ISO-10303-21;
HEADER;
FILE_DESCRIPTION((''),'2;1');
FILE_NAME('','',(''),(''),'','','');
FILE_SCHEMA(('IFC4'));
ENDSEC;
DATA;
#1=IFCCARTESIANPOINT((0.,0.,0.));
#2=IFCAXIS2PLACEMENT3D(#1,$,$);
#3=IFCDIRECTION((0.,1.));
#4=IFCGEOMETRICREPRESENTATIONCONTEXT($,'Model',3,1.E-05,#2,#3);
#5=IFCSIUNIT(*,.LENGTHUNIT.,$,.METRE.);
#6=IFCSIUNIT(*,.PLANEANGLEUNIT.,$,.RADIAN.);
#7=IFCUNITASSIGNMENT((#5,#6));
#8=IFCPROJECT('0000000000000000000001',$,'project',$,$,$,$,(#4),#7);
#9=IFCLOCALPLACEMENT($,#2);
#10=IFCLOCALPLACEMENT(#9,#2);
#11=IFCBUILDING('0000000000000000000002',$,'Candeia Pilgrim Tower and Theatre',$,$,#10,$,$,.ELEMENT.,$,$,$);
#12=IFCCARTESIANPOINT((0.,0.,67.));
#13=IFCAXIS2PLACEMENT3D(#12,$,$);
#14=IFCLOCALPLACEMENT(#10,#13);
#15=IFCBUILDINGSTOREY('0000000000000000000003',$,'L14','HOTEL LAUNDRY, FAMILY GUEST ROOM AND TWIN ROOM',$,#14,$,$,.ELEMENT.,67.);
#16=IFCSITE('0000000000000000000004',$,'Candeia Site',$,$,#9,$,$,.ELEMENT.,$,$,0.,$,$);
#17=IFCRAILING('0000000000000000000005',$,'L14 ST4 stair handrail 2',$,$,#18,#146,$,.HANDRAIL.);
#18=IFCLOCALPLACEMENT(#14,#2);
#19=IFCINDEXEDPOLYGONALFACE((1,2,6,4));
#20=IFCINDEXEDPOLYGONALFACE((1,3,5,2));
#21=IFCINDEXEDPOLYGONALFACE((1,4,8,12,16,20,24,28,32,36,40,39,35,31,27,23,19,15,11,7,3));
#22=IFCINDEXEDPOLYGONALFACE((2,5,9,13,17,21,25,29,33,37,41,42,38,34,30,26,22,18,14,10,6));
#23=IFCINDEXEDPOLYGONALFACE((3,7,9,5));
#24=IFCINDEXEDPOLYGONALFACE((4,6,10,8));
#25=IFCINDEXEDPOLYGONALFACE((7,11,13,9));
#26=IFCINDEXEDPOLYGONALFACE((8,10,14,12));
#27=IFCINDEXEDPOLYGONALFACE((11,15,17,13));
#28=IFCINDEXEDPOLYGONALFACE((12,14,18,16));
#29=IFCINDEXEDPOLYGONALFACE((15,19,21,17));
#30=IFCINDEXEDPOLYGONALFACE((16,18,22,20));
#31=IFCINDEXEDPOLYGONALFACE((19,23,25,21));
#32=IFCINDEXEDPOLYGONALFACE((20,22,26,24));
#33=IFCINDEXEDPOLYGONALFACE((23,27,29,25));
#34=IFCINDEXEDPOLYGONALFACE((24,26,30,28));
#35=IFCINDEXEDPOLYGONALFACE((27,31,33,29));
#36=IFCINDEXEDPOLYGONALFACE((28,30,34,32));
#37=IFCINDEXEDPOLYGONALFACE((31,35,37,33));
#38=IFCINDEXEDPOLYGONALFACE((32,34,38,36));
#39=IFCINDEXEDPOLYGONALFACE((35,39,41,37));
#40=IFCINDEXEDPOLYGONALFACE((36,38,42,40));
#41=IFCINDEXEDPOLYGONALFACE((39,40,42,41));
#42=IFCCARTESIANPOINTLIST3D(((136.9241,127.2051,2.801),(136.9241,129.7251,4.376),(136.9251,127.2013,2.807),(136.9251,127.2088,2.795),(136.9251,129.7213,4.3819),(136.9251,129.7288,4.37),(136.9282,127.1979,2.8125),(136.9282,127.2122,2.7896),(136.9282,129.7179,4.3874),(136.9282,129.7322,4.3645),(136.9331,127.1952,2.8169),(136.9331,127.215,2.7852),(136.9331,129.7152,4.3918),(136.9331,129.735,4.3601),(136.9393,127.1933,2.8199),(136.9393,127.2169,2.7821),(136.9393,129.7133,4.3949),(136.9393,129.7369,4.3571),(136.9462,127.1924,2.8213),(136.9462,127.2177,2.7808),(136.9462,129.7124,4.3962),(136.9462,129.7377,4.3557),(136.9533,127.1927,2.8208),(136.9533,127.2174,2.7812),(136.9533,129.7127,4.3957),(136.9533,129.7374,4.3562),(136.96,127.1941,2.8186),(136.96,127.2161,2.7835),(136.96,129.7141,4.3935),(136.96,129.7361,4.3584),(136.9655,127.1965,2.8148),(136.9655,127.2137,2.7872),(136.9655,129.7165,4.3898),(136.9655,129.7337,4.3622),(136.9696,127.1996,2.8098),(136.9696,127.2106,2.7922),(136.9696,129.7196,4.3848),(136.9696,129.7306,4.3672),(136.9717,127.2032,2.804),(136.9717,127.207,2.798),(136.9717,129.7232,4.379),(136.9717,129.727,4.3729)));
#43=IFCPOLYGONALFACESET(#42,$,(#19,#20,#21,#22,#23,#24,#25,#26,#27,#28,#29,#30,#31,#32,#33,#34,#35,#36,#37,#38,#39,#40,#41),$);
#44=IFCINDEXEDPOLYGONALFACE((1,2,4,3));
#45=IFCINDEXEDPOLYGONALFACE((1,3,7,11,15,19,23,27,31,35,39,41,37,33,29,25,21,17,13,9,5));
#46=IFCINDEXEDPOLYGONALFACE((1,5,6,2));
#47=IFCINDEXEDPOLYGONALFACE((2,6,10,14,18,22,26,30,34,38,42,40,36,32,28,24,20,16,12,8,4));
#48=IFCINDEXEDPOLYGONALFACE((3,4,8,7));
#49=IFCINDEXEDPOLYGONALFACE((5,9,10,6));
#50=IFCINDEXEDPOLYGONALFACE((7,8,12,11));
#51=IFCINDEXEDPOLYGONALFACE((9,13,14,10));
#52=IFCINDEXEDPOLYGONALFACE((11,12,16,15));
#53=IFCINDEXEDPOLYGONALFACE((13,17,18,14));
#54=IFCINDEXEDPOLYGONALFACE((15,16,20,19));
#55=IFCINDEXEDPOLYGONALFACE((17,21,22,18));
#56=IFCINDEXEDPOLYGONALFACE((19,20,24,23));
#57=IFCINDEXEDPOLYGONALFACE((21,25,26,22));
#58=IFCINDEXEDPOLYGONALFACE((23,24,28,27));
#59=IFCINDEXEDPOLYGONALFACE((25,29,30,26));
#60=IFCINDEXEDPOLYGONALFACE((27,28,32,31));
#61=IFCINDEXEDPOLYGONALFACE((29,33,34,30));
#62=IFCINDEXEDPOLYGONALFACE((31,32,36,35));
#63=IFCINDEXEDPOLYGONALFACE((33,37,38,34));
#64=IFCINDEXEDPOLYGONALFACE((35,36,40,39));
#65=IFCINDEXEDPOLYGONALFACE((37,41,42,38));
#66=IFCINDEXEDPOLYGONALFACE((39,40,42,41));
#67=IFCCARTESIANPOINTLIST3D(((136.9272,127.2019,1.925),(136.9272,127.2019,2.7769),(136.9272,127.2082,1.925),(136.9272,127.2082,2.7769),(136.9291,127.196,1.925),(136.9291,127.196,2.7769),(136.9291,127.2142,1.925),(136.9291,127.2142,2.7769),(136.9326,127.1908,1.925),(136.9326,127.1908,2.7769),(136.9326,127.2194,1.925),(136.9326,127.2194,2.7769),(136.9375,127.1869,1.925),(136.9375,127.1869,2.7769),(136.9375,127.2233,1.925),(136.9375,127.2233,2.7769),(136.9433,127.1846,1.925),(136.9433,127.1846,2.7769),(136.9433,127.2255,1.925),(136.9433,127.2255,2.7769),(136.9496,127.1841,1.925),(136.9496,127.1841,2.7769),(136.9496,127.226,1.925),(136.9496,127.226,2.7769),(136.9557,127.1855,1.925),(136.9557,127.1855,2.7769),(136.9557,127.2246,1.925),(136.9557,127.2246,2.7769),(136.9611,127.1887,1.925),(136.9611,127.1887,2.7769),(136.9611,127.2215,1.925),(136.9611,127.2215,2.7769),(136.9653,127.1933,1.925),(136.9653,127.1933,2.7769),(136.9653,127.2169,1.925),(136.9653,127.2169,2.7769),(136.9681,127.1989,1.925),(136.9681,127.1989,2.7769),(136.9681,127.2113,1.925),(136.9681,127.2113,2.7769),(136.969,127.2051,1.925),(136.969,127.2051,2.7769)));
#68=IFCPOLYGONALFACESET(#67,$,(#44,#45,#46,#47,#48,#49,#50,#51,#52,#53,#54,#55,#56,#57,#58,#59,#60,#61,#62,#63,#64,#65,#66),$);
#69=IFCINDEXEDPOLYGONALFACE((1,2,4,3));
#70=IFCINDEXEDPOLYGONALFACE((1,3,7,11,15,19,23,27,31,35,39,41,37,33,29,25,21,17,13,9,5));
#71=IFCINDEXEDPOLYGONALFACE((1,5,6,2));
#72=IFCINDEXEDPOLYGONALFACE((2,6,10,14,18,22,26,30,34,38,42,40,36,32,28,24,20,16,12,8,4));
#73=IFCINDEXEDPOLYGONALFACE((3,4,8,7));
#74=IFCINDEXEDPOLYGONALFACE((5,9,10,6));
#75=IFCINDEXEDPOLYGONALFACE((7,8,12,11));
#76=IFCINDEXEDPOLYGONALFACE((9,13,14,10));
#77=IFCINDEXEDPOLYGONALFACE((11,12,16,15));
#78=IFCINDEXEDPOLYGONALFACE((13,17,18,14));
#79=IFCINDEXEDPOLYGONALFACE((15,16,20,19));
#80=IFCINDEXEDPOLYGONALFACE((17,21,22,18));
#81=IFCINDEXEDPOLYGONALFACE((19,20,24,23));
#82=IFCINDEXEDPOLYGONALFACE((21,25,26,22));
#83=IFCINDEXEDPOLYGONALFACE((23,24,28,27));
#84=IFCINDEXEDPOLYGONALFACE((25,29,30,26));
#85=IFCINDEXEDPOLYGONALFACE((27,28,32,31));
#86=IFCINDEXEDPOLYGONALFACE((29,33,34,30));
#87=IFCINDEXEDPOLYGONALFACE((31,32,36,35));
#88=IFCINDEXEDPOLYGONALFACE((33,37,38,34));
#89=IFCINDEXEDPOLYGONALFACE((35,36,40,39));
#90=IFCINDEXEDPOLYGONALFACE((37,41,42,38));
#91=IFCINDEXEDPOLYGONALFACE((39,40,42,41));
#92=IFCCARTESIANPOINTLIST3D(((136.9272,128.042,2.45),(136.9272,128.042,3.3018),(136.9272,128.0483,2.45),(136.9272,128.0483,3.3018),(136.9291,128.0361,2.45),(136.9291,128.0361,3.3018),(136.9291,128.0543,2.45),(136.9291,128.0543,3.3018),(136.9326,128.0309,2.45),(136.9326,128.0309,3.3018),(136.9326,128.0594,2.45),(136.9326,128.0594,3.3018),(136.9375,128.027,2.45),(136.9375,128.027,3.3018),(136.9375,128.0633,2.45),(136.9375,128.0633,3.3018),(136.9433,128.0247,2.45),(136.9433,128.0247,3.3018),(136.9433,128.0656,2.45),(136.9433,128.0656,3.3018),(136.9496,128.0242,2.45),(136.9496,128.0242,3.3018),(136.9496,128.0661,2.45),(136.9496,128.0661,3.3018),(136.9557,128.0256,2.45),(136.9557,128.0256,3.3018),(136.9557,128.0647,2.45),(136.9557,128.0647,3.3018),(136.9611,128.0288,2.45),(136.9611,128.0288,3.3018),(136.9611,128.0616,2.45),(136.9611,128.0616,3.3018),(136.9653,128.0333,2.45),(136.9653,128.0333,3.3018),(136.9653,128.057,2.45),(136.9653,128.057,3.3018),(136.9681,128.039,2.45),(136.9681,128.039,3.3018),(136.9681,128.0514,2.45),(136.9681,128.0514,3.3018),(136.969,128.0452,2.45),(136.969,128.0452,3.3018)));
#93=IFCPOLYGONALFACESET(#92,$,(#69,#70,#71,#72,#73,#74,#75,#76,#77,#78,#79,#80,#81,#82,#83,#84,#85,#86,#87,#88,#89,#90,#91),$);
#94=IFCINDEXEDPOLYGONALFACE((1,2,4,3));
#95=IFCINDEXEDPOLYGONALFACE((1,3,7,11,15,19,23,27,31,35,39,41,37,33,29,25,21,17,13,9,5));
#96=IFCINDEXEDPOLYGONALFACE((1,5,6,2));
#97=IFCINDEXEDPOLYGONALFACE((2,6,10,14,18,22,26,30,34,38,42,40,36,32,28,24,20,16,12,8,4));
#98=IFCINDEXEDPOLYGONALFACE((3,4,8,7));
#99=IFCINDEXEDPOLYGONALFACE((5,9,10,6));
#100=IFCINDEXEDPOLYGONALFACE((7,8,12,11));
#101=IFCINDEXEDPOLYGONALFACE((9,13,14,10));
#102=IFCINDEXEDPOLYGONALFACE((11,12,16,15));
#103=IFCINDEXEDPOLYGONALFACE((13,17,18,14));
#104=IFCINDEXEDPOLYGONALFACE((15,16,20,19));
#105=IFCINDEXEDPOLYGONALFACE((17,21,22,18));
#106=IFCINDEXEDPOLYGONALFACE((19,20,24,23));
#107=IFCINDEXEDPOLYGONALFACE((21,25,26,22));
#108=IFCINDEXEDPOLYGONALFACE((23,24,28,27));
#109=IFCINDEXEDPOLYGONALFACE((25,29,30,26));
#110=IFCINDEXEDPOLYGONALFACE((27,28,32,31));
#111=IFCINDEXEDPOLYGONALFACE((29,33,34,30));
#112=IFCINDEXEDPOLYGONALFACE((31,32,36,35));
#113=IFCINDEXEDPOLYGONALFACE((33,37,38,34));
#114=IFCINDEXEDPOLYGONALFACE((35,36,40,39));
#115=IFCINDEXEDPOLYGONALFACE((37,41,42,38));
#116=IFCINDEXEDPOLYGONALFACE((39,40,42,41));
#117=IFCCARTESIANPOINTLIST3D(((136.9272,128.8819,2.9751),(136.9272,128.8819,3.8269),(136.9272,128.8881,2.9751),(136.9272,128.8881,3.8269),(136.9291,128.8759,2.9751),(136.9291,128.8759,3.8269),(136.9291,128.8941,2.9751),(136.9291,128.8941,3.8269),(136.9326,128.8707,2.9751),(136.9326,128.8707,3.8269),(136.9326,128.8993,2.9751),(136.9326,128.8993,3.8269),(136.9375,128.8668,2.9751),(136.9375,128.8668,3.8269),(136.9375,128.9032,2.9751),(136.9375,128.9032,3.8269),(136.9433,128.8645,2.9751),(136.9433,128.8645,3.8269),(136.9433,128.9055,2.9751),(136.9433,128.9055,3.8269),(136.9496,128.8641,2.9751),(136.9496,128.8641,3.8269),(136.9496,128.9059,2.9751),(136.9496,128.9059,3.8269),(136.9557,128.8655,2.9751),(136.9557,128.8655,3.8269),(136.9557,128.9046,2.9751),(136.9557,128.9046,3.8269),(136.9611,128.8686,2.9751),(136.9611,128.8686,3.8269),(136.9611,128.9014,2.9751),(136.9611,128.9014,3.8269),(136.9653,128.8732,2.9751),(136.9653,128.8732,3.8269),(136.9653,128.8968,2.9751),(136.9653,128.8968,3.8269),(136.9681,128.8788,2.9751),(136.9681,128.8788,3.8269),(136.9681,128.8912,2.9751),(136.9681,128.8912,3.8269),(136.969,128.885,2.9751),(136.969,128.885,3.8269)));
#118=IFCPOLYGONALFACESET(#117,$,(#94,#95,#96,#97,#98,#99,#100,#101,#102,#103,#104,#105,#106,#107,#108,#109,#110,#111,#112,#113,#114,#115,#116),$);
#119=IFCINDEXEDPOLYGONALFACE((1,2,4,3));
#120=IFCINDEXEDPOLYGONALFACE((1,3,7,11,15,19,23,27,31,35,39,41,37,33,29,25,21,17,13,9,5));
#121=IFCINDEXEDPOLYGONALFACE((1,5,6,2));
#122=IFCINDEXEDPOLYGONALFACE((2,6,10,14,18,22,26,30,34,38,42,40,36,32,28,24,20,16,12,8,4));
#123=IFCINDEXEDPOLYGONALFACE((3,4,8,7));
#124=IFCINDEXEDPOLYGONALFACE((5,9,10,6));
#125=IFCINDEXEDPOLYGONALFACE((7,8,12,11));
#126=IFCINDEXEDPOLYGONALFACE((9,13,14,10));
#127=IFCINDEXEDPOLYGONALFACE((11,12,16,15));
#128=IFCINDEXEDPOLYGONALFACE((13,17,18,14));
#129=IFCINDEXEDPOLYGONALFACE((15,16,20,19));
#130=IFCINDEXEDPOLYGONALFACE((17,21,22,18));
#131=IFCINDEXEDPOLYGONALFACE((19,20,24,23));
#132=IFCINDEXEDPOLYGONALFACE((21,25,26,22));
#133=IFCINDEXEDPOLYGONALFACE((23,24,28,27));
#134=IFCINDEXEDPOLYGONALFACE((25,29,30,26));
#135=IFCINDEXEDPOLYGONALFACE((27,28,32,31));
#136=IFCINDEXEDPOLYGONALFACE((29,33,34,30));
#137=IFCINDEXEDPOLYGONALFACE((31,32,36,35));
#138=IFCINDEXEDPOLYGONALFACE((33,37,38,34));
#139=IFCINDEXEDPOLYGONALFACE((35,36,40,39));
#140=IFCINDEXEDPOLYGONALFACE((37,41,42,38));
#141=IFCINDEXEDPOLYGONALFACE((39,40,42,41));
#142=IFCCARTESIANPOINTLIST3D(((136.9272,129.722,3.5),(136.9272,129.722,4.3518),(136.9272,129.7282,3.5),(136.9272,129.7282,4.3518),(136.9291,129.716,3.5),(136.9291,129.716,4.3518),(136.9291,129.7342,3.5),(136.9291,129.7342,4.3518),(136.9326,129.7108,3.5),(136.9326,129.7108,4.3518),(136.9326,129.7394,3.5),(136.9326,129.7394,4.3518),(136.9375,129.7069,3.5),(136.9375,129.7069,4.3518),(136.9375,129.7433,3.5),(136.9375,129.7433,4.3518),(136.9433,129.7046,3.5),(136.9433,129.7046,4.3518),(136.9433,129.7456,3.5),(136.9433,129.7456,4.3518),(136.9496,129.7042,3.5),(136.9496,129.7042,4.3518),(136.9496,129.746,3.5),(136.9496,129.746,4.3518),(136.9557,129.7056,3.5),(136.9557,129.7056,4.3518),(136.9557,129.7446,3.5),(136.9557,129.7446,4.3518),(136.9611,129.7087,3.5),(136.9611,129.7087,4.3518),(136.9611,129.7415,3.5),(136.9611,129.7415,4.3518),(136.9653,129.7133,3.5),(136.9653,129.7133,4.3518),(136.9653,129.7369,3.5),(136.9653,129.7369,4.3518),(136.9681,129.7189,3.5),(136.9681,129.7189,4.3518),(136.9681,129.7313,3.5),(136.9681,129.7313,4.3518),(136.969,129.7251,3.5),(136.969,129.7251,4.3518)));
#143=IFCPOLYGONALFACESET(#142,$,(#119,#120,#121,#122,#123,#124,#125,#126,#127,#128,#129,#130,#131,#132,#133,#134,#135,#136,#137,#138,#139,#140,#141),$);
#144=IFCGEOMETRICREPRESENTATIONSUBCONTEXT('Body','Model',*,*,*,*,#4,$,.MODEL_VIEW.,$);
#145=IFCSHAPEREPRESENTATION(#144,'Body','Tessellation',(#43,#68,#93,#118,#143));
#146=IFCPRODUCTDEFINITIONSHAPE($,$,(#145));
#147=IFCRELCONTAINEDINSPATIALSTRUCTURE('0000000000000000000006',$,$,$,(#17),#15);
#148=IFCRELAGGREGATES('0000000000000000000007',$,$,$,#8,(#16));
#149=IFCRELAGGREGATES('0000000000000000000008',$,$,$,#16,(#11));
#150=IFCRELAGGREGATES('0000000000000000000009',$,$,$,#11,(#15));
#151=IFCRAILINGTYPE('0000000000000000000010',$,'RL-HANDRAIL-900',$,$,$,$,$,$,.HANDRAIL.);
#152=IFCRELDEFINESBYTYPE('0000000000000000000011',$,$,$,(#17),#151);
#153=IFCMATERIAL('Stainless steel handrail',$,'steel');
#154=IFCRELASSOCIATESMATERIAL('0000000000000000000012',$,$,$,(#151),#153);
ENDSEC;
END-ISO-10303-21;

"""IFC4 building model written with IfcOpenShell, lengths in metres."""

from ifc_helpers import new_model, si_unit, direction, frame, origin, origin_2d, place, context, subcontext, project, spatial, circle, extrude, material, type_object, element, save


model = new_model("IFC4")

# Units and contexts
model_context = context("Model", 3, precision=1e-05, world=origin(), true_north=direction((0.0, 1.0)))
body_context = subcontext(model_context, "Body", "Model", "MODEL_VIEW")
ifc_project = project(units=[si_unit("LENGTHUNIT", "METRE"), si_unit("PLANEANGLEUNIT", "RADIAN")], contexts=[model_context])

# Site, building, storey
site_placement = place(None, origin())
site = spatial("IfcSite", under=ifc_project, at=site_placement, Name="Candeia Site", CompositionType="ELEMENT", RefElevation=0.0)
building_placement = place(site_placement, origin())
building = spatial("IfcBuilding", under=site, at=building_placement, Name="Candeia Pilgrim Tower and Theatre", CompositionType="ELEMENT")
storey_placement = place(building_placement, frame((0.0, 0.0, 67.0)))
storey = spatial("IfcBuildingStorey", under=building, at=storey_placement, Name="L14", Description="HOTEL LAUNDRY, FAMILY GUEST ROOM AND TWIN ROOM", CompositionType="ELEMENT", Elevation=67.0)

# Railing
ifc_material_1 = material(Name="Stainless steel handrail", Category="steel")
railing_type_1 = type_object("IfcRailingType", Name="RL-HANDRAIL-900", PredefinedType="HANDRAIL", material=ifc_material_1)
railing_1_placement = place(storey_placement, frame((136.948, 127.2051, 1.925)))
element("IfcRailing", 1, at=railing_1_placement, inside=storey, type_object=railing_type_1, Name="L14 ST4 stair handrail 2", PredefinedType="HANDRAIL", context=body_context, shape_type="SweptSolid", body=[
    extrude(circle(Radius=0.0239, at=origin_2d()), frame((0.0, 0.0, 0.876), z_axis=(0.0, 0.848008, 0.529984), x_axis=(-1.0, 0.0, 0.0)), (0.0, 0.0, 1.0), 2.9717),
    extrude(circle(Radius=0.021, at=origin_2d()), origin(), (0.0, 0.0, 1.0), 0.8518),
    extrude(circle(Radius=0.021, at=origin_2d()), frame((0.0, 0.8401, 0.5249)), (0.0, 0.0, 1.0), 0.8518),
    extrude(circle(Radius=0.021, at=origin_2d()), frame((0.0, 1.6799, 1.05)), (0.0, 0.0, 1.0), 0.8518),
    extrude(circle(Radius=0.021, at=origin_2d()), frame((0.0, 2.52, 1.575)), (0.0, 0.0, 1.0), 0.8518),
])

save(model, "model.ifc")
